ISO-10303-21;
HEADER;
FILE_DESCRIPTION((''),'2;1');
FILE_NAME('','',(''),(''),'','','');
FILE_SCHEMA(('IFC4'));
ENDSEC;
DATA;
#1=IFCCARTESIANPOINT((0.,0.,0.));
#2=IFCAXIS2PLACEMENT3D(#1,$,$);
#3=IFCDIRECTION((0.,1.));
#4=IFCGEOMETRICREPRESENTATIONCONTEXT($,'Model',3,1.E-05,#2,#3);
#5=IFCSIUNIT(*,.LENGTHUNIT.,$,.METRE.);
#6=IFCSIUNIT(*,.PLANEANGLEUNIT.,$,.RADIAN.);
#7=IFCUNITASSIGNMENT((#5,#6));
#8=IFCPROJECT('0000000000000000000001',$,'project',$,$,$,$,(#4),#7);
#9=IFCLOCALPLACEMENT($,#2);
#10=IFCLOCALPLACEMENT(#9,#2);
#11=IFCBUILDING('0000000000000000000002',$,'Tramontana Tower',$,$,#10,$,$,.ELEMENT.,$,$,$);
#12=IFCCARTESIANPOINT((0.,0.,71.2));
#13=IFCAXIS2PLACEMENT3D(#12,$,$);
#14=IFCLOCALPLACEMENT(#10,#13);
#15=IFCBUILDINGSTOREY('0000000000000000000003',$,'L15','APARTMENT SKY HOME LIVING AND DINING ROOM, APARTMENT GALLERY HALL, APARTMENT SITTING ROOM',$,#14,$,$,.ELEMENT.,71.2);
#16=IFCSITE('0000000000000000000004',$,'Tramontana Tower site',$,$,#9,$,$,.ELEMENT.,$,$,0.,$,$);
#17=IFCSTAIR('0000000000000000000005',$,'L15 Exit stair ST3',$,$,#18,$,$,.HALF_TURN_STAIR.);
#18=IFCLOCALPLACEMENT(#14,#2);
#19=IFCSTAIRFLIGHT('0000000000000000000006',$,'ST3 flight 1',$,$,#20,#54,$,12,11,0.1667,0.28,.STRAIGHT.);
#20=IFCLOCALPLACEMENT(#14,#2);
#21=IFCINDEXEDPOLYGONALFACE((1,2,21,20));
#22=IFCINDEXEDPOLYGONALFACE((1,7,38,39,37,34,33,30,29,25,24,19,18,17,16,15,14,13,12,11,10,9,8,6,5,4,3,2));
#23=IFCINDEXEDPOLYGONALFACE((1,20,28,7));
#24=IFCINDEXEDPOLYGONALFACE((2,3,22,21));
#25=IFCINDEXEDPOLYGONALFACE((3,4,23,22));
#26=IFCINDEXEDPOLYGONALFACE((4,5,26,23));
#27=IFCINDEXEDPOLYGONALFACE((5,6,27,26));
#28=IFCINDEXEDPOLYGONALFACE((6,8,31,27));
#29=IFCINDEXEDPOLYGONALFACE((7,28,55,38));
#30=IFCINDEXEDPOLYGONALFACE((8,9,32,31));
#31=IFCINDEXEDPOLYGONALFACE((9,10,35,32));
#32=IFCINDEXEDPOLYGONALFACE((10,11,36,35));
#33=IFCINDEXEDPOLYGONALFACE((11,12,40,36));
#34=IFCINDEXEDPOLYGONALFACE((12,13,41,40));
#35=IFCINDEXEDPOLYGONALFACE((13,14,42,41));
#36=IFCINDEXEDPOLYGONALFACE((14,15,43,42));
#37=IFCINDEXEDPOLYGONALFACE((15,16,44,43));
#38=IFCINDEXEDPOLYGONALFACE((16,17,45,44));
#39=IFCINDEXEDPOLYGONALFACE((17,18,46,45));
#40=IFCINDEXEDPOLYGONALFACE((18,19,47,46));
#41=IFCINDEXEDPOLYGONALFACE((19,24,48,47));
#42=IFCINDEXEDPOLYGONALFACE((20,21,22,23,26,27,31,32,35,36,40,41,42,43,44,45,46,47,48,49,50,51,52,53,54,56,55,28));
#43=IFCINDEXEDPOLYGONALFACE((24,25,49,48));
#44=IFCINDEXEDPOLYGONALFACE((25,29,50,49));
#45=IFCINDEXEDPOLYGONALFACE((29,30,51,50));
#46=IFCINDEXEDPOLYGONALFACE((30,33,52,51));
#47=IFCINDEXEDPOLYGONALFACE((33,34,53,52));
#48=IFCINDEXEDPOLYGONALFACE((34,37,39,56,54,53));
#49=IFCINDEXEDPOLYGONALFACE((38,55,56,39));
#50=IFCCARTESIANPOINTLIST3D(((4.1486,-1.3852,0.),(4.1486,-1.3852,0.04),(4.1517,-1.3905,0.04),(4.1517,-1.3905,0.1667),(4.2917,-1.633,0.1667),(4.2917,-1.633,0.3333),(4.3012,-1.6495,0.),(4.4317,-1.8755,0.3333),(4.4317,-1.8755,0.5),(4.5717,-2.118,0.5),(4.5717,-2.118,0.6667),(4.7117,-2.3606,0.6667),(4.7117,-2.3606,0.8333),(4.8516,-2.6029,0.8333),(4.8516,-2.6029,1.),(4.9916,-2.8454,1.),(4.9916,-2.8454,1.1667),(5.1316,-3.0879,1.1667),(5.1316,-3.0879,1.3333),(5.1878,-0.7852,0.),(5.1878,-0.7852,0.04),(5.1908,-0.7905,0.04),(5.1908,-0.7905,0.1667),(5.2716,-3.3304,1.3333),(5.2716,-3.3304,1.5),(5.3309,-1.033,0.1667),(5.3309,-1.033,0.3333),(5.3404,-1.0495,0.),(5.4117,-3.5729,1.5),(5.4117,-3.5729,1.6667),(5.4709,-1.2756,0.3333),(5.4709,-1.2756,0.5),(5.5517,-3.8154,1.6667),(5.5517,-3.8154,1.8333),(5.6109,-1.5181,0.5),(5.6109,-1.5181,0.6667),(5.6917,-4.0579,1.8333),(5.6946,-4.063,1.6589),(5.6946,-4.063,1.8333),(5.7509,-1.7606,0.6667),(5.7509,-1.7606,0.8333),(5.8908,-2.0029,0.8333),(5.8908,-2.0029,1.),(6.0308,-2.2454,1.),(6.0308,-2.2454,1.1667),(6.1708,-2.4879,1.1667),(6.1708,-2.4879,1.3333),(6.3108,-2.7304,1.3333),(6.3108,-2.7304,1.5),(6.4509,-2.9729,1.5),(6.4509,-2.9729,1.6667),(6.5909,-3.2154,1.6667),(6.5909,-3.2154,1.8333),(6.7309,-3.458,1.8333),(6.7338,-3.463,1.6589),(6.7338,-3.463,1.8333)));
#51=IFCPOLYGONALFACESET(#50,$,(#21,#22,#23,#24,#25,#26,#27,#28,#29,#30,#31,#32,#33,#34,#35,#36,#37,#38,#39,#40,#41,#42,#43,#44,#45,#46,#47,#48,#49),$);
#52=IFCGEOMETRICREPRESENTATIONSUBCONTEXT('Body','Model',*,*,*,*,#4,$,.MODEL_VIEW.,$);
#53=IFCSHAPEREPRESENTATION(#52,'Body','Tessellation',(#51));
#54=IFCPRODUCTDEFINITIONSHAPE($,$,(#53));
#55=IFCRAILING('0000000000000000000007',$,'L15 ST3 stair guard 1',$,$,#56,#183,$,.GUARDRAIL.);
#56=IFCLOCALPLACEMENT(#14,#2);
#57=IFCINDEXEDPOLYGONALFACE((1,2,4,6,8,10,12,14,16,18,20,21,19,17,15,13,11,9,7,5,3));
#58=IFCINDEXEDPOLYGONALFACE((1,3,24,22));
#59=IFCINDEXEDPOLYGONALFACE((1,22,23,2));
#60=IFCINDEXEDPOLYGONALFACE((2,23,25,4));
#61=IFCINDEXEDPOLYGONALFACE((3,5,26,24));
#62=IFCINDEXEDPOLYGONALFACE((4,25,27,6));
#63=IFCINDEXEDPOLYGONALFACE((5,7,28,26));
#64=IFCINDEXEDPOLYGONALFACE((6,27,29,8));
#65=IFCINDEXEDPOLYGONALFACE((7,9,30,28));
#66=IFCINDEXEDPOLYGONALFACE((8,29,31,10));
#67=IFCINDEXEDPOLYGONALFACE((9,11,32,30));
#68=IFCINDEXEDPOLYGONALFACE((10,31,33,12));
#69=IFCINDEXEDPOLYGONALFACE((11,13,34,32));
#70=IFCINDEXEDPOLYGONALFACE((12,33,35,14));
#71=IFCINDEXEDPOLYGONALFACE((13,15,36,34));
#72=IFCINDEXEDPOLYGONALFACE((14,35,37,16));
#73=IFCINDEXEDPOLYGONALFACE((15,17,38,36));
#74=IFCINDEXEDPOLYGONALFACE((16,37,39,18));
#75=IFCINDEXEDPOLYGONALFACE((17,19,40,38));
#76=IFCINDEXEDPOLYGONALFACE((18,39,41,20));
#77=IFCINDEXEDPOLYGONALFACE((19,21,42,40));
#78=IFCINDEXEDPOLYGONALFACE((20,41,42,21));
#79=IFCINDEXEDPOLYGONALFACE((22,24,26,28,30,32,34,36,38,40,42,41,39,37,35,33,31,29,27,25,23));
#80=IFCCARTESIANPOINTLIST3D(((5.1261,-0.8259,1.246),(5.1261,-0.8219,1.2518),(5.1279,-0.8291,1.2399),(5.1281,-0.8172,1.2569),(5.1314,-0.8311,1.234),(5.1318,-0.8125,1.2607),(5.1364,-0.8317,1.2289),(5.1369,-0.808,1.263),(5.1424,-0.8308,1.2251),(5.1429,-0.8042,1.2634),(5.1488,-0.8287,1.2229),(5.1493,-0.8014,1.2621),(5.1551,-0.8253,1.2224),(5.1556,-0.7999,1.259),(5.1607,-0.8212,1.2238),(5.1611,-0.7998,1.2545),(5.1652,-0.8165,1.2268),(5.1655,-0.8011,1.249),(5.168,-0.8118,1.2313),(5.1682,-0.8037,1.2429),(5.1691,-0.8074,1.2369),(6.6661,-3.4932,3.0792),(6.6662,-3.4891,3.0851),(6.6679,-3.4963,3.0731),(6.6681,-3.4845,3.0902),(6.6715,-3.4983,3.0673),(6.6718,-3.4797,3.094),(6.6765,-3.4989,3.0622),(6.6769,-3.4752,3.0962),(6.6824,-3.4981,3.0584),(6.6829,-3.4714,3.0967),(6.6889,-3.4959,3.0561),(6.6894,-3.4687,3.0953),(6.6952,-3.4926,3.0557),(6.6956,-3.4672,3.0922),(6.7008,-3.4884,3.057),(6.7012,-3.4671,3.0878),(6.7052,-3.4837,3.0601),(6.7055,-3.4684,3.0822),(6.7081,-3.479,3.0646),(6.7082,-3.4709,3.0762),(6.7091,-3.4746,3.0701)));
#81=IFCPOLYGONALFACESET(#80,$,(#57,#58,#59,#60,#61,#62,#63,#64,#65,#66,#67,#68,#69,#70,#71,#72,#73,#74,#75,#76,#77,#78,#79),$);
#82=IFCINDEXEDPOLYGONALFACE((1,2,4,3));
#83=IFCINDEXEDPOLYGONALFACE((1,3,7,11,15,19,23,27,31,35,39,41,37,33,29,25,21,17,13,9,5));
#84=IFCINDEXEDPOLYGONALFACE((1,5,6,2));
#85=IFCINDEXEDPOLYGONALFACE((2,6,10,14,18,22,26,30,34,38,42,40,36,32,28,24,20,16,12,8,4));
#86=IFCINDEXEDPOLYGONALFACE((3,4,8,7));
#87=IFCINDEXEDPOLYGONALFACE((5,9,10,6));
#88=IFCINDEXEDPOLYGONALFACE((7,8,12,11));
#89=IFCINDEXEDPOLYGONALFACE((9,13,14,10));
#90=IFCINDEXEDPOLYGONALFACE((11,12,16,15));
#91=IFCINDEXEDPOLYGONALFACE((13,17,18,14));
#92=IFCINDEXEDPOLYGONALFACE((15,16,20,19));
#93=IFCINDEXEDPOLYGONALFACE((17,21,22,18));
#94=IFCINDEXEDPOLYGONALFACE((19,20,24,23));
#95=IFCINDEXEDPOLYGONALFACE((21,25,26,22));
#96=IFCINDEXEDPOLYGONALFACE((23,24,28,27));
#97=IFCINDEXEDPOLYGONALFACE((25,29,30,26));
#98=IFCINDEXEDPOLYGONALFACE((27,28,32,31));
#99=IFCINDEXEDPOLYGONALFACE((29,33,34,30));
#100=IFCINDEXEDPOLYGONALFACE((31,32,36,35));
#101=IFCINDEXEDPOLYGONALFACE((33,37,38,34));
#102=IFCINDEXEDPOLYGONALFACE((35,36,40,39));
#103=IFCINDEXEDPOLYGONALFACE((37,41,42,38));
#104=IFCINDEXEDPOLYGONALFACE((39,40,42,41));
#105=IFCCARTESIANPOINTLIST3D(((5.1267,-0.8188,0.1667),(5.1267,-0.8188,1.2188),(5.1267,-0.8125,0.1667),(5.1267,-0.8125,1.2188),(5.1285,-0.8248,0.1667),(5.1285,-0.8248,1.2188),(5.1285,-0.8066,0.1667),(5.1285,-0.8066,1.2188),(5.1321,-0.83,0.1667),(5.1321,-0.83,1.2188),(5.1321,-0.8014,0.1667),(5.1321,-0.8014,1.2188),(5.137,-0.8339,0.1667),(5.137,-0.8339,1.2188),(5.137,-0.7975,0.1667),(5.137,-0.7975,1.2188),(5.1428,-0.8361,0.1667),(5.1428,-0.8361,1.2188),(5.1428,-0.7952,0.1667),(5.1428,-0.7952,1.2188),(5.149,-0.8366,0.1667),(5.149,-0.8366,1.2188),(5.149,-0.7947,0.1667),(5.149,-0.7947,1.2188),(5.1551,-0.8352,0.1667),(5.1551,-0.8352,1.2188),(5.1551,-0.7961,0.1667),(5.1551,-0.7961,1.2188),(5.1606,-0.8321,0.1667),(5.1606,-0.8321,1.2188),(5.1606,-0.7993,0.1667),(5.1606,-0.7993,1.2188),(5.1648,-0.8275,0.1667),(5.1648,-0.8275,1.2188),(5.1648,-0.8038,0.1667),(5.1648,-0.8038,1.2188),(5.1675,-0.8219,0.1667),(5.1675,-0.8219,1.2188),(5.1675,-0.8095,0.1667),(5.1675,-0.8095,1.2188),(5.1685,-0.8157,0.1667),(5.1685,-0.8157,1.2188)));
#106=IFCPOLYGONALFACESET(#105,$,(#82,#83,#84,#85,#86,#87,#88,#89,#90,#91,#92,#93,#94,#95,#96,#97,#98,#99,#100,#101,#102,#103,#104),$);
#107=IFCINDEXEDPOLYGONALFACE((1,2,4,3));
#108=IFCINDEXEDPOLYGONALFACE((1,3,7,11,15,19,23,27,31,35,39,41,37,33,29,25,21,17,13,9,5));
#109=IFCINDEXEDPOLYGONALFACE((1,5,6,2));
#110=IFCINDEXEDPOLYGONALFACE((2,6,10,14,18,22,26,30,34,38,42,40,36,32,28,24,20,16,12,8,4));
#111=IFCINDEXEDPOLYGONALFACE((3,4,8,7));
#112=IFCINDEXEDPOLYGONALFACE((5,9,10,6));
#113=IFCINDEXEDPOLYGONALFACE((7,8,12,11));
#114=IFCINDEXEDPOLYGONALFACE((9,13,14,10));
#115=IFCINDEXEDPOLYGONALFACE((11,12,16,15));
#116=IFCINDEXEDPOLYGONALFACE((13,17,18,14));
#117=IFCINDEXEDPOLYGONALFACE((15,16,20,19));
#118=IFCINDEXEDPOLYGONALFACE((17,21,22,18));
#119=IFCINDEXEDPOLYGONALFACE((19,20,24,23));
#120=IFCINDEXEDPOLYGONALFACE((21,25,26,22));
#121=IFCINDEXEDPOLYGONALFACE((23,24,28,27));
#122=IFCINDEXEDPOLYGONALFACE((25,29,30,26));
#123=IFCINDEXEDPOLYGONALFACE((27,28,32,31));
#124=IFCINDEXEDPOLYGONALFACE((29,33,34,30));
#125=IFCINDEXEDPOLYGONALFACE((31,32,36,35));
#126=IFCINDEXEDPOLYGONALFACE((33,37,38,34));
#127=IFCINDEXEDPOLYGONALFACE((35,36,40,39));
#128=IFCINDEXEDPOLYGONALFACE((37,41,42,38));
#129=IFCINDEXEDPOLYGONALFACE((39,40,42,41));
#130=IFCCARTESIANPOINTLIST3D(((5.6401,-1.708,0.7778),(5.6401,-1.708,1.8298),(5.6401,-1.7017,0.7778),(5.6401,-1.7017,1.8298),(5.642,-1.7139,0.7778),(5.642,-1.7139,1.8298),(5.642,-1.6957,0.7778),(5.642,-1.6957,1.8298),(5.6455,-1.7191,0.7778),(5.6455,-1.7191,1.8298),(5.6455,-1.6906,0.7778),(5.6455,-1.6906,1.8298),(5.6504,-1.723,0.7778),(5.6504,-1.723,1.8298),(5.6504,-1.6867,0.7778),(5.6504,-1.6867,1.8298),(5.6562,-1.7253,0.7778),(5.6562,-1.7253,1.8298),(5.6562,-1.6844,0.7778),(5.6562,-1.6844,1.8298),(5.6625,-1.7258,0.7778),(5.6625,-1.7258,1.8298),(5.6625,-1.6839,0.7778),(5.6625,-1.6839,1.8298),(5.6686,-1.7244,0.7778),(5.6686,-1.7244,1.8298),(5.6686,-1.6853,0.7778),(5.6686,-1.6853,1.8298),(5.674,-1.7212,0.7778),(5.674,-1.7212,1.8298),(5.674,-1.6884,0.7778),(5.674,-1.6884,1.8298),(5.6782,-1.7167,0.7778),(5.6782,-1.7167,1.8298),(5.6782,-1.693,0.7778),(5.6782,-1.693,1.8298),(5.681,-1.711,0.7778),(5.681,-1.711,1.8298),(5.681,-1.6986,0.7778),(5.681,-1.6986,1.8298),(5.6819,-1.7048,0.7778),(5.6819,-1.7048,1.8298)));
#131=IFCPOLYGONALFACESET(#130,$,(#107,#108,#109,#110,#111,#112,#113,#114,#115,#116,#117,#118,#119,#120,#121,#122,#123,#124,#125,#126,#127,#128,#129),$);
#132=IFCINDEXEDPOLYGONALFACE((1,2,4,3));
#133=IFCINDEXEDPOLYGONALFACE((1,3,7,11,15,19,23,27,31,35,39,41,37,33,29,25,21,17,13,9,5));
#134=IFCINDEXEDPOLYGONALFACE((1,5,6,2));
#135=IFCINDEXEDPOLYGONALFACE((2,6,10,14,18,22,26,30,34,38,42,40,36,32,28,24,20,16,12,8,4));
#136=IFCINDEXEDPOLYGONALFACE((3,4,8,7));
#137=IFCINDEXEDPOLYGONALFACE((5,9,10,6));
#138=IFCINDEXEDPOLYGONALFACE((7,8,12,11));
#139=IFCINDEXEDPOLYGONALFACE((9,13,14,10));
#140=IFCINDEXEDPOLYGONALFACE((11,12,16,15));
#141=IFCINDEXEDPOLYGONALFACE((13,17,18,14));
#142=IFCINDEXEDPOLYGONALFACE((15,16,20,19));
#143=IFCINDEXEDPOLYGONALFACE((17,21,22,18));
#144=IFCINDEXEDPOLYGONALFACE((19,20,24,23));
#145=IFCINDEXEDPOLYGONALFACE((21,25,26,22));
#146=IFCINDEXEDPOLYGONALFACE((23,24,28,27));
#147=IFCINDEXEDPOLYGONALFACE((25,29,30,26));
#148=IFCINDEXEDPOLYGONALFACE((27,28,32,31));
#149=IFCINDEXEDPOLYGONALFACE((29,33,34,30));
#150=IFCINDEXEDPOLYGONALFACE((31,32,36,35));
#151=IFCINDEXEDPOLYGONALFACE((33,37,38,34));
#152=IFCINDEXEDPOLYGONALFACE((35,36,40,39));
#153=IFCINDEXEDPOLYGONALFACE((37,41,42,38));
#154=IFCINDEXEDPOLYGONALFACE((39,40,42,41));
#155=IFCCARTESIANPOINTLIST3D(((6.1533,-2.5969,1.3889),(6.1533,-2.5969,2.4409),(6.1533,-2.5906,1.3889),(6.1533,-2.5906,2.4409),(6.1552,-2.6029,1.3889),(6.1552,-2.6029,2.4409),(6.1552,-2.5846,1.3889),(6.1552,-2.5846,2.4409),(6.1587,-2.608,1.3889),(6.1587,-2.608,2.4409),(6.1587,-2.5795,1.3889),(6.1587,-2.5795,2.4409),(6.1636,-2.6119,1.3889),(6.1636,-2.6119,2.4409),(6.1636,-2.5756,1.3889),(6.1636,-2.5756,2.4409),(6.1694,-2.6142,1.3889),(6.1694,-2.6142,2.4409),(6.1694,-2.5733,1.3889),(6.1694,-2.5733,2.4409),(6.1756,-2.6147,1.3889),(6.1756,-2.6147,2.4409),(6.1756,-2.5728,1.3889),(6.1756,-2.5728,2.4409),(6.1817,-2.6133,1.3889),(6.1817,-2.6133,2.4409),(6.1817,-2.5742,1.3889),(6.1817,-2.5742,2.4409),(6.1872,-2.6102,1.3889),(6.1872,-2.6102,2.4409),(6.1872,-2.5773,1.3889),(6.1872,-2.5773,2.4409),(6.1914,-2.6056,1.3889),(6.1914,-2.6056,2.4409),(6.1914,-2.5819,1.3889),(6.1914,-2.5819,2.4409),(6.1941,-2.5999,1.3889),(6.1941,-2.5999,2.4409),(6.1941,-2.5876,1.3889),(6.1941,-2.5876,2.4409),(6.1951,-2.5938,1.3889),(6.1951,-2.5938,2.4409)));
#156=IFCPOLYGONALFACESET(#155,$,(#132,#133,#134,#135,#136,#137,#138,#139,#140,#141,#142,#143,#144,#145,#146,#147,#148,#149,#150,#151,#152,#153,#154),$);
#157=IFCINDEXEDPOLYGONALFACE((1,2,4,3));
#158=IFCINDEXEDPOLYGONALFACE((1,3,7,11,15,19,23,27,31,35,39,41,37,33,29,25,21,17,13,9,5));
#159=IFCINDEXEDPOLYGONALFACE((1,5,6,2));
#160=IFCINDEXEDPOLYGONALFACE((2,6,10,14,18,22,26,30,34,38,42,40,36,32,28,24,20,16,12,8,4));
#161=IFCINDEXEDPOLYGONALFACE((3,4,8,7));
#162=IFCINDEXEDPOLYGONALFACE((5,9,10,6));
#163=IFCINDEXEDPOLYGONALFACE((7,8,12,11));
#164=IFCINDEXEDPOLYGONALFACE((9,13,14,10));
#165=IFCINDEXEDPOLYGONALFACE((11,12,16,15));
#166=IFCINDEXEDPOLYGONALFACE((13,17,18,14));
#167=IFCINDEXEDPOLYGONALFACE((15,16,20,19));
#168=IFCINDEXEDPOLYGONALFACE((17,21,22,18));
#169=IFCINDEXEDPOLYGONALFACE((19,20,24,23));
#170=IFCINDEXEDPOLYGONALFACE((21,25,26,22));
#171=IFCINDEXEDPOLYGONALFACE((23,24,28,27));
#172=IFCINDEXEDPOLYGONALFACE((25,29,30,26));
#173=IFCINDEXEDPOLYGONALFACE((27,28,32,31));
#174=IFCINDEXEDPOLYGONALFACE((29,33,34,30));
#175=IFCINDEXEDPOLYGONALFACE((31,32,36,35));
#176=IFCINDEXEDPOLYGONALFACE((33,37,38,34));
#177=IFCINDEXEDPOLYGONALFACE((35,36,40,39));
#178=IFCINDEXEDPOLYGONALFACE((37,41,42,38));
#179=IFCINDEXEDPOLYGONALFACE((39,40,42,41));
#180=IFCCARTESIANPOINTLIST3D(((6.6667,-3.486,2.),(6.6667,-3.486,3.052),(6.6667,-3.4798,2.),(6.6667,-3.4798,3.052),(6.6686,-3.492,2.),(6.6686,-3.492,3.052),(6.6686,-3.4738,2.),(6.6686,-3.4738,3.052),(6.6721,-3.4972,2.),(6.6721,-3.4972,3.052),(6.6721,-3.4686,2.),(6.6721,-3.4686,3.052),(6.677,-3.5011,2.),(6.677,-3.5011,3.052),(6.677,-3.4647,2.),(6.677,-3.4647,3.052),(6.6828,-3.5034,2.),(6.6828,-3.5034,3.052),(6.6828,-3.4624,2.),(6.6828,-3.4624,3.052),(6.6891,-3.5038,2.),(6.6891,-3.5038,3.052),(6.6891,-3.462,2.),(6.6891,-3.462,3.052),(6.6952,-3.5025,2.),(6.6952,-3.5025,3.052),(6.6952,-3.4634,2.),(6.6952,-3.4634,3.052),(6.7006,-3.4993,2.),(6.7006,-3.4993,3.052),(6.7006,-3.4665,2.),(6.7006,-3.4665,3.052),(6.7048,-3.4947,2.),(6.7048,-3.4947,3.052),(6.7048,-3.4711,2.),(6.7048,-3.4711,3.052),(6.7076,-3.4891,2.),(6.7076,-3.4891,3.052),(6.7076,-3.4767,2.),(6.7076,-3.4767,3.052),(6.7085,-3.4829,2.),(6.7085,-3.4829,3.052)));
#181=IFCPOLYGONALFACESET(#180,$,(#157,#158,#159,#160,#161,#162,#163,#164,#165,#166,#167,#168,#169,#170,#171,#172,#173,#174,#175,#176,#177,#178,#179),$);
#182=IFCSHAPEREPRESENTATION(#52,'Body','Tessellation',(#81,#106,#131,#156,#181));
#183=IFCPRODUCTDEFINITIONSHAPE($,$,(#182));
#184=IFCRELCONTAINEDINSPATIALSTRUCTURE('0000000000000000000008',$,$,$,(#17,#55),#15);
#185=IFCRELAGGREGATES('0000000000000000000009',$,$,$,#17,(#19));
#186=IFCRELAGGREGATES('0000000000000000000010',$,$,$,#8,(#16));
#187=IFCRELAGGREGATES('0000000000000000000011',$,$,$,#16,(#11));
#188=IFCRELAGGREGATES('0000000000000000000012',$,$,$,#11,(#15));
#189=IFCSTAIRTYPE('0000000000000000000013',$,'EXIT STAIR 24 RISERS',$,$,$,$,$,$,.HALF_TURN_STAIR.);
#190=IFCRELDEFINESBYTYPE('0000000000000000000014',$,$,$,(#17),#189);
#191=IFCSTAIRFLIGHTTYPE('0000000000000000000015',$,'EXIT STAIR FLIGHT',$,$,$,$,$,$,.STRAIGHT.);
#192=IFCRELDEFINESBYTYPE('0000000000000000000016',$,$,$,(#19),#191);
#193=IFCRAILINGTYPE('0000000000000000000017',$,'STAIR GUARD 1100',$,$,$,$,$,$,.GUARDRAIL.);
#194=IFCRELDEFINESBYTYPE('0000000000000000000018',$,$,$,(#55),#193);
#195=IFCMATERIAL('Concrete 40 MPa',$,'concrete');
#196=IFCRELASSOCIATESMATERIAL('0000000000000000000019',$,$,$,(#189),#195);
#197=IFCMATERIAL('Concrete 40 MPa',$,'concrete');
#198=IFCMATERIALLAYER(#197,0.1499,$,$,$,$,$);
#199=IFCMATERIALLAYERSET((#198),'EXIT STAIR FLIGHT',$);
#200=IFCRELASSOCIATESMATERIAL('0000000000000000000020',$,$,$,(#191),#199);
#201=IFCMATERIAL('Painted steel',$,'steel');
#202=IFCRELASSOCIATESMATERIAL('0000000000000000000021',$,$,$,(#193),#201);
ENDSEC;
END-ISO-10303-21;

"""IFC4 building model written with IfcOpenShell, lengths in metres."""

from ifc_helpers import new_model, si_unit, direction, frame, origin, origin_2d, place, context, subcontext, project, spatial, polyline, circle, outline, extrude, material, layer, layer_set, type_object, element, aggregate, save


model = new_model("IFC4")

# Units and contexts
model_context = context("Model", 3, precision=1e-05, world=origin(), true_north=direction((0.0, 1.0)))
body_context = subcontext(model_context, "Body", "Model", "MODEL_VIEW")
ifc_project = project(units=[si_unit("LENGTHUNIT", "METRE"), si_unit("PLANEANGLEUNIT", "RADIAN")], contexts=[model_context])

# Site, building, storey
site_placement = place(None, origin())
site = spatial("IfcSite", under=ifc_project, at=site_placement, Name="Tramontana Tower site", CompositionType="ELEMENT", RefElevation=0.0)
building_placement = place(site_placement, origin())
building = spatial("IfcBuilding", under=site, at=building_placement, Name="Tramontana Tower", CompositionType="ELEMENT")
storey_placement = place(building_placement, frame((0.0, 0.0, 71.2)))
storey = spatial("IfcBuildingStorey", under=building, at=storey_placement, Name="L15", Description="APARTMENT SKY HOME LIVING AND DINING ROOM, APARTMENT GALLERY HALL, APARTMENT SITTING ROOM", CompositionType="ELEMENT", Elevation=71.2)

# Stair
ifc_material_1 = material(Name="Concrete 40 MPa", Category="concrete")
stair_type = type_object("IfcStairType", Name="EXIT STAIR 24 RISERS", PredefinedType="HALF_TURN_STAIR", material=ifc_material_1)
stair_1_placement = place(storey_placement, origin())
stair_1 = element("IfcStair", 1, at=stair_1_placement, inside=storey, type_object=stair_type, Name="L15 Exit stair ST3", PredefinedType="HALF_TURN_STAIR")

# Stair flight
ifc_material_2 = material(Name="Concrete 40 MPa", Category="concrete")
ifc_layer_1 = layer(ifc_material_2, 0.1499)
ifc_layer_set_1 = layer_set([ifc_layer_1], Name="EXIT STAIR FLIGHT")
stair_flight_type = type_object("IfcStairFlightType", Name="EXIT STAIR FLIGHT", PredefinedType="STRAIGHT", material=ifc_layer_set_1)
stair_flight_placement = place(storey_placement, frame((4.6711, -1.0906, 0.0), z_axis=(0.0, 0.0, 1.0), x_axis=(0.5, -0.866025, 0.0)))
stair_flight = element("IfcStairFlight", 2, at=stair_flight_placement, type_object=stair_flight_type, Name="ST3 flight 1", NumberOfRisers=12, NumberOfTreads=11, PredefinedType="STRAIGHT", RiserHeight=0.1667, TreadLength=0.28, context=body_context, shape_type="SweptSolid", body=[
    extrude(outline(polyline([(-0.0061, 0.0), (-0.0061, 0.04), (0.0, 0.04), (0.0, 0.1667), (0.28, 0.1667), (0.28, 0.3333), (0.5601, 0.3333), (0.5601, 0.5), (0.8401, 0.5), (0.8401, 0.6667), (1.1201, 0.6667), (1.1201, 0.8333), (1.3999, 0.8333), (1.3999, 1.0), (1.6799, 1.0), (1.6799, 1.1667), (1.96, 1.1667), (1.96, 1.3333), (2.24, 1.3333), (2.24, 1.5), (2.52, 1.5), (2.52, 1.6667), (2.8, 1.6667), (2.8, 1.8333), (3.0801, 1.8333), (3.0859, 1.8333), (3.0859, 1.6589), (0.2991, 0.0), (-0.0061, 0.0)])), frame((0.0, 0.6001, 0.0), z_axis=(0.0, -1.0, 0.0), x_axis=(1.0, 0.0, 0.0)), (0.0, 0.0, 1.0), 1.2),
])
aggregate(stair_1, [stair_flight])

# Railing
ifc_material_3 = material(Name="Painted steel", Category="steel")
railing_type_1 = type_object("IfcRailingType", Name="STAIR GUARD 1100", PredefinedType="GUARDRAIL", material=ifc_material_3)
railing_1_placement = place(storey_placement, frame((5.1475, -0.8157, 0.1667)))
element("IfcRailing", 3, at=railing_1_placement, inside=storey, type_object=railing_type_1, Name="L15 ST3 stair guard 1", PredefinedType="GUARDRAIL", context=body_context, shape_type="SweptSolid", body=[
    extrude(circle(Radius=0.0239, at=origin_2d()), frame((0.0, 0.0, 1.0762), z_axis=(0.429671, -0.744159, 0.511478), x_axis=(0.86601, 0.500027, 0.0)), (0.0, 0.0, 1.0), 3.5842),
    extrude(circle(Radius=0.021, at=origin_2d()), origin(), (0.0, 0.0, 1.0), 1.052),
    extrude(circle(Radius=0.021, at=origin_2d()), frame((0.5134, -0.8892, 0.6111)), (0.0, 0.0, 1.0), 1.052),
    extrude(circle(Radius=0.021, at=origin_2d()), frame((1.0266, -1.7781, 1.2222)), (0.0, 0.0, 1.0), 1.052),
    extrude(circle(Radius=0.021, at=origin_2d()), frame((1.54, -2.6672, 1.8333)), (0.0, 0.0, 1.0), 1.052),
])

save(model, "model.ifc")
